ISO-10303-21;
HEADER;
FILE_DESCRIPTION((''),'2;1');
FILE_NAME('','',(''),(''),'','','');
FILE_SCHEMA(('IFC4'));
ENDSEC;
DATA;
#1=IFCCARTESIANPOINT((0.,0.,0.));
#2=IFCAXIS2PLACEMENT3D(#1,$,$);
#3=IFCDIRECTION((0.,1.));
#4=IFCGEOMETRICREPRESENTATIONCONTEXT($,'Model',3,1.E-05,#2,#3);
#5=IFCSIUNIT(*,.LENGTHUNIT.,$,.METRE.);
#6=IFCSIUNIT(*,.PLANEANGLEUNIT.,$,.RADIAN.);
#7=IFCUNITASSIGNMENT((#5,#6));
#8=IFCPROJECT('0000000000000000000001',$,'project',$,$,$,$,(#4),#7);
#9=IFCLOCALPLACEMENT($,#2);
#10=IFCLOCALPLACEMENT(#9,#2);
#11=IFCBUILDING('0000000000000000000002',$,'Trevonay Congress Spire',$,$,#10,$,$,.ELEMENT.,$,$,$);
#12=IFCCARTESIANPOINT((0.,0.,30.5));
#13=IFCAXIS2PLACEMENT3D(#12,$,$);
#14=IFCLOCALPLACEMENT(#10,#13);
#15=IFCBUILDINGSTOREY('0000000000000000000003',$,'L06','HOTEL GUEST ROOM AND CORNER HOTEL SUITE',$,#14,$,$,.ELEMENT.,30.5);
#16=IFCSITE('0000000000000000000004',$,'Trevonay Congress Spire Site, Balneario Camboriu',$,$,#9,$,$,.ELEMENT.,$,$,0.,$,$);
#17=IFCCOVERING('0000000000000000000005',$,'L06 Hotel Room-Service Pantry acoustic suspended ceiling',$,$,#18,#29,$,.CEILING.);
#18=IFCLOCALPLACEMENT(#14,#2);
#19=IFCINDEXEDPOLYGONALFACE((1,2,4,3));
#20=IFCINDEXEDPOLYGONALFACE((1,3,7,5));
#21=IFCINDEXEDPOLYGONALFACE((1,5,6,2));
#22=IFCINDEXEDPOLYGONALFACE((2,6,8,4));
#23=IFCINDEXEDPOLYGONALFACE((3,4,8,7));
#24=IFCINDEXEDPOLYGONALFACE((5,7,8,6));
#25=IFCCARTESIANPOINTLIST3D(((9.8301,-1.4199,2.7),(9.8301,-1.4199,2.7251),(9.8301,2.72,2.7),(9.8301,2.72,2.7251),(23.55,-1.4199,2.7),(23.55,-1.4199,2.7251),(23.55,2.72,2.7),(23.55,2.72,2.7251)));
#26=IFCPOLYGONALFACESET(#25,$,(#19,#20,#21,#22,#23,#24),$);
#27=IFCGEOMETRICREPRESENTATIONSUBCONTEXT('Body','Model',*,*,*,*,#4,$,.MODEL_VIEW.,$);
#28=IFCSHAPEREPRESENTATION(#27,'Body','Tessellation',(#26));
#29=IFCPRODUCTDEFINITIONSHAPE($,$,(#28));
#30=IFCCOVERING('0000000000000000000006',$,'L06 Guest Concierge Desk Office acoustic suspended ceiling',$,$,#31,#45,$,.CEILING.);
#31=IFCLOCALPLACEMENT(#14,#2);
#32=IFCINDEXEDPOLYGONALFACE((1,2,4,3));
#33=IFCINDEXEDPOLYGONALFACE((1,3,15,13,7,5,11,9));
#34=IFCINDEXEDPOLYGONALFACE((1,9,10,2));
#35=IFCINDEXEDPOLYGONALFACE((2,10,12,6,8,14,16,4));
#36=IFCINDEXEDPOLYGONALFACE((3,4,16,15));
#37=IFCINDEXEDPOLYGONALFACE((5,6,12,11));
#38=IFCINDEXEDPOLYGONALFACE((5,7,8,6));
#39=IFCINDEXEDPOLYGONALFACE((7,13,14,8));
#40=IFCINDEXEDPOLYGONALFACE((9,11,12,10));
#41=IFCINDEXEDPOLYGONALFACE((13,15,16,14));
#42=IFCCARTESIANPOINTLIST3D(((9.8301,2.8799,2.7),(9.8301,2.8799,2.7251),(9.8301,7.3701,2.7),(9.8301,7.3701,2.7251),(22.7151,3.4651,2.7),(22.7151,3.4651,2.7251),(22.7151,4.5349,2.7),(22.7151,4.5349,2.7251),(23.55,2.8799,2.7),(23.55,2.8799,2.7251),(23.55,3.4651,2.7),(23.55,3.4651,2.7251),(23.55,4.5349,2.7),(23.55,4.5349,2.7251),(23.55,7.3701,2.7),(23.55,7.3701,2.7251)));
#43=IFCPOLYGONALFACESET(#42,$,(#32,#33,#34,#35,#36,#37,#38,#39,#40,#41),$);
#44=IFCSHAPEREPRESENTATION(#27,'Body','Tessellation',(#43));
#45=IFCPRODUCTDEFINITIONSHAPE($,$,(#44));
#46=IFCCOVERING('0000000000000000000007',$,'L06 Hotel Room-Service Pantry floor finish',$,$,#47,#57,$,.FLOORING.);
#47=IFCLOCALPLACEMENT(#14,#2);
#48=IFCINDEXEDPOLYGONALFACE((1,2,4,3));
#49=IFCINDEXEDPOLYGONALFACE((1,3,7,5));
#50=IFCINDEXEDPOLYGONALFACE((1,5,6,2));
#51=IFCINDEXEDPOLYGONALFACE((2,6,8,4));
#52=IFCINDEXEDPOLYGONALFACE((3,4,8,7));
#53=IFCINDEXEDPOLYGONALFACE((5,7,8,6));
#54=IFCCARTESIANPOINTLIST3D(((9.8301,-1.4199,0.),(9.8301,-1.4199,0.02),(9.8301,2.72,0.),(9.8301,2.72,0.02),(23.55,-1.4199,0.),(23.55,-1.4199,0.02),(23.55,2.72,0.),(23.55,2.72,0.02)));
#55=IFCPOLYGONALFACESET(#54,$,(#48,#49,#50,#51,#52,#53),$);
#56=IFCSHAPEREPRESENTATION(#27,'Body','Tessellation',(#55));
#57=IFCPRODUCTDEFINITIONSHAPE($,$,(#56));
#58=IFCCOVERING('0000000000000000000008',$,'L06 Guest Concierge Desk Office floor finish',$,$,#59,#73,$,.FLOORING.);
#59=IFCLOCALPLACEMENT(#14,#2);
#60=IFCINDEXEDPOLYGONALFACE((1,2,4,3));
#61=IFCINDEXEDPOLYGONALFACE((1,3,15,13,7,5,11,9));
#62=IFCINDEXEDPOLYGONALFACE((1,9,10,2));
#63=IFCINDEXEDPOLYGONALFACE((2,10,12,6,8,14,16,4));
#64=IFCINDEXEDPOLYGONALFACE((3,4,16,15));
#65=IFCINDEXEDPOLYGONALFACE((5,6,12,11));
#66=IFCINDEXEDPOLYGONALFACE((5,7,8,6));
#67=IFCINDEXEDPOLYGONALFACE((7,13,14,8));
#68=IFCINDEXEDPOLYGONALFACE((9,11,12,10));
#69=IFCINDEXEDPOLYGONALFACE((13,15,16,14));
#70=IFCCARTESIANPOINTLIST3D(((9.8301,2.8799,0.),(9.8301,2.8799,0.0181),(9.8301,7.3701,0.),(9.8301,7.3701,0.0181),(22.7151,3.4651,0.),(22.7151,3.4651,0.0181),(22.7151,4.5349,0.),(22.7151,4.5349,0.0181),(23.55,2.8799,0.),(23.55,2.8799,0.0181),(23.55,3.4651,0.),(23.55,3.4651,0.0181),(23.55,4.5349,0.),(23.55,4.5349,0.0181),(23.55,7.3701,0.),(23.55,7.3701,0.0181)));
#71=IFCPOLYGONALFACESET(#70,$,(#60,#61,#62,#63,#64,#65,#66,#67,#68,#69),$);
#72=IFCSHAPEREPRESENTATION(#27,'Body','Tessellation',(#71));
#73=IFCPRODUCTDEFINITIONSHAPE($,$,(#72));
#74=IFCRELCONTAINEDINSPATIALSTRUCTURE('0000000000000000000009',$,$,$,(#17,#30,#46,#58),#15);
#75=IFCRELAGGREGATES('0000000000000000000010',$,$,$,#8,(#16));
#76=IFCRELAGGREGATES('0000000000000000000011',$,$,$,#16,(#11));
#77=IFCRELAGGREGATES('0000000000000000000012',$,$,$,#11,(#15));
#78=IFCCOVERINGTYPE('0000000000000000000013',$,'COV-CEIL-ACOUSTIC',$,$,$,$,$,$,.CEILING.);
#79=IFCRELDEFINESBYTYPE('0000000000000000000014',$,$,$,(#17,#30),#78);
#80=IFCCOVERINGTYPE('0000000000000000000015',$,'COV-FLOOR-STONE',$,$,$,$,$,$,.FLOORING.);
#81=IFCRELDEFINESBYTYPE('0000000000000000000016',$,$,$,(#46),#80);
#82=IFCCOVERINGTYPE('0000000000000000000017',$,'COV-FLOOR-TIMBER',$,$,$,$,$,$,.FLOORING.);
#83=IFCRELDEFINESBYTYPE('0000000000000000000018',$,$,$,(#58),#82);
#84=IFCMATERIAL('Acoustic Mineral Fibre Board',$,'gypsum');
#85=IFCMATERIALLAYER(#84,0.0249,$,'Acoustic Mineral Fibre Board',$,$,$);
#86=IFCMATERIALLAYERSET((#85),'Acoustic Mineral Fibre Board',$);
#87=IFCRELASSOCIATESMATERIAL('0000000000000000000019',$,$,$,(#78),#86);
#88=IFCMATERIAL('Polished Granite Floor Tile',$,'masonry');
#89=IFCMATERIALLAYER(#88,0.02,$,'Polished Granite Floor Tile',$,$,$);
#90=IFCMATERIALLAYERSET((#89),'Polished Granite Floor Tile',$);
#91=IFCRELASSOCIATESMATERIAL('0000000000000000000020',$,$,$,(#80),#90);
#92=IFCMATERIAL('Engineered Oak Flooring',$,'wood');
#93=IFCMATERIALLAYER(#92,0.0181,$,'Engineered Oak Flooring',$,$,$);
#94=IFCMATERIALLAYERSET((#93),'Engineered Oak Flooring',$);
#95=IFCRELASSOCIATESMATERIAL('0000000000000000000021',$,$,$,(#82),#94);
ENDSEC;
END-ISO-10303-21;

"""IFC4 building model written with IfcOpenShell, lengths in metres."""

from ifc_helpers import new_model, si_unit, direction, frame, origin, place, context, subcontext, project, spatial, polyline, outline, extrude, material, layer, layer_set, type_object, element, save


model = new_model("IFC4")

# Units and contexts
model_context = context("Model", 3, precision=1e-05, world=origin(), true_north=direction((0.0, 1.0)))
body_context = subcontext(model_context, "Body", "Model", "MODEL_VIEW")
ifc_project = project(units=[si_unit("LENGTHUNIT", "METRE"), si_unit("PLANEANGLEUNIT", "RADIAN")], contexts=[model_context])

# Site, building, storey
site_placement = place(None, origin())
site = spatial("IfcSite", under=ifc_project, at=site_placement, Name="Trevonay Congress Spire Site, Balneario Camboriu", CompositionType="ELEMENT", RefElevation=0.0)
building_placement = place(site_placement, origin())
building = spatial("IfcBuilding", under=site, at=building_placement, Name="Trevonay Congress Spire", CompositionType="ELEMENT")
storey_placement = place(building_placement, frame((0.0, 0.0, 30.5)))
storey = spatial("IfcBuildingStorey", under=building, at=storey_placement, Name="L06", Description="HOTEL GUEST ROOM AND CORNER HOTEL SUITE", CompositionType="ELEMENT", Elevation=30.5)

# Coverings
ifc_material_1 = material(Name="Acoustic Mineral Fibre Board", Category="gypsum")
ifc_layer_1 = layer(ifc_material_1, 0.0249, Name="Acoustic Mineral Fibre Board")
ifc_layer_set_1 = layer_set([ifc_layer_1], Name="Acoustic Mineral Fibre Board")
covering_type_1 = type_object("IfcCoveringType", Name="COV-CEIL-ACOUSTIC", PredefinedType="CEILING", material=ifc_layer_set_1)
covering_1_placement = place(storey_placement, frame((0.0, 0.0, 2.7)))
element("IfcCovering", 1, at=covering_1_placement, inside=storey, type_object=covering_type_1, Name="L06 Hotel Room-Service Pantry acoustic suspended ceiling", PredefinedType="CEILING", context=body_context, shape_type="SweptSolid", body=[
    extrude(outline(polyline([(9.8301, -1.4199), (23.55, -1.4199), (23.55, 2.72), (9.8301, 2.72), (9.8301, -1.4199)])), origin(), (0.0, 0.0, 1.0), 0.0251),
])
covering_2_placement = place(storey_placement, frame((0.0, 0.0, 2.7)))
element("IfcCovering", 2, at=covering_2_placement, inside=storey, type_object=covering_type_1, Name="L06 Guest Concierge Desk Office acoustic suspended ceiling", PredefinedType="CEILING", context=body_context, shape_type="SweptSolid", body=[
    extrude(outline(polyline([(23.55, 2.8799), (9.8301, 2.8799), (9.8301, 7.3701), (23.55, 7.3701), (23.55, 4.5349), (22.7151, 4.5349), (22.7151, 3.4651), (23.55, 3.4651), (23.55, 2.8799)])), origin(), (0.0, 0.0, 1.0), 0.0251),
])
ifc_material_2 = material(Name="Polished Granite Floor Tile", Category="masonry")
ifc_layer_2 = layer(ifc_material_2, 0.02, Name="Polished Granite Floor Tile")
ifc_layer_set_2 = layer_set([ifc_layer_2], Name="Polished Granite Floor Tile")
covering_type_2 = type_object("IfcCoveringType", Name="COV-FLOOR-STONE", PredefinedType="FLOORING", material=ifc_layer_set_2)
covering_3_placement = place(storey_placement, origin())
element("IfcCovering", 3, at=covering_3_placement, inside=storey, type_object=covering_type_2, Name="L06 Hotel Room-Service Pantry floor finish", PredefinedType="FLOORING", context=body_context, shape_type="SweptSolid", body=[
    extrude(outline(polyline([(9.8301, -1.4199), (23.55, -1.4199), (23.55, 2.72), (9.8301, 2.72), (9.8301, -1.4199)])), origin(), (0.0, 0.0, 1.0), 0.02),
])
ifc_material_3 = material(Name="Engineered Oak Flooring", Category="wood")
ifc_layer_3 = layer(ifc_material_3, 0.0181, Name="Engineered Oak Flooring")
ifc_layer_set_3 = layer_set([ifc_layer_3], Name="Engineered Oak Flooring")
covering_type_3 = type_object("IfcCoveringType", Name="COV-FLOOR-TIMBER", PredefinedType="FLOORING", material=ifc_layer_set_3)
covering_4_placement = place(storey_placement, origin())
element("IfcCovering", 4, at=covering_4_placement, inside=storey, type_object=covering_type_3, Name="L06 Guest Concierge Desk Office floor finish", PredefinedType="FLOORING", context=body_context, shape_type="SweptSolid", body=[
    extrude(outline(polyline([(23.55, 2.8799), (9.8301, 2.8799), (9.8301, 7.3701), (23.55, 7.3701), (23.55, 4.5349), (22.7151, 4.5349), (22.7151, 3.4651), (23.55, 3.4651), (23.55, 2.8799)])), origin(), (0.0, 0.0, 1.0), 0.0181),
])

save(model, "model.ifc")
